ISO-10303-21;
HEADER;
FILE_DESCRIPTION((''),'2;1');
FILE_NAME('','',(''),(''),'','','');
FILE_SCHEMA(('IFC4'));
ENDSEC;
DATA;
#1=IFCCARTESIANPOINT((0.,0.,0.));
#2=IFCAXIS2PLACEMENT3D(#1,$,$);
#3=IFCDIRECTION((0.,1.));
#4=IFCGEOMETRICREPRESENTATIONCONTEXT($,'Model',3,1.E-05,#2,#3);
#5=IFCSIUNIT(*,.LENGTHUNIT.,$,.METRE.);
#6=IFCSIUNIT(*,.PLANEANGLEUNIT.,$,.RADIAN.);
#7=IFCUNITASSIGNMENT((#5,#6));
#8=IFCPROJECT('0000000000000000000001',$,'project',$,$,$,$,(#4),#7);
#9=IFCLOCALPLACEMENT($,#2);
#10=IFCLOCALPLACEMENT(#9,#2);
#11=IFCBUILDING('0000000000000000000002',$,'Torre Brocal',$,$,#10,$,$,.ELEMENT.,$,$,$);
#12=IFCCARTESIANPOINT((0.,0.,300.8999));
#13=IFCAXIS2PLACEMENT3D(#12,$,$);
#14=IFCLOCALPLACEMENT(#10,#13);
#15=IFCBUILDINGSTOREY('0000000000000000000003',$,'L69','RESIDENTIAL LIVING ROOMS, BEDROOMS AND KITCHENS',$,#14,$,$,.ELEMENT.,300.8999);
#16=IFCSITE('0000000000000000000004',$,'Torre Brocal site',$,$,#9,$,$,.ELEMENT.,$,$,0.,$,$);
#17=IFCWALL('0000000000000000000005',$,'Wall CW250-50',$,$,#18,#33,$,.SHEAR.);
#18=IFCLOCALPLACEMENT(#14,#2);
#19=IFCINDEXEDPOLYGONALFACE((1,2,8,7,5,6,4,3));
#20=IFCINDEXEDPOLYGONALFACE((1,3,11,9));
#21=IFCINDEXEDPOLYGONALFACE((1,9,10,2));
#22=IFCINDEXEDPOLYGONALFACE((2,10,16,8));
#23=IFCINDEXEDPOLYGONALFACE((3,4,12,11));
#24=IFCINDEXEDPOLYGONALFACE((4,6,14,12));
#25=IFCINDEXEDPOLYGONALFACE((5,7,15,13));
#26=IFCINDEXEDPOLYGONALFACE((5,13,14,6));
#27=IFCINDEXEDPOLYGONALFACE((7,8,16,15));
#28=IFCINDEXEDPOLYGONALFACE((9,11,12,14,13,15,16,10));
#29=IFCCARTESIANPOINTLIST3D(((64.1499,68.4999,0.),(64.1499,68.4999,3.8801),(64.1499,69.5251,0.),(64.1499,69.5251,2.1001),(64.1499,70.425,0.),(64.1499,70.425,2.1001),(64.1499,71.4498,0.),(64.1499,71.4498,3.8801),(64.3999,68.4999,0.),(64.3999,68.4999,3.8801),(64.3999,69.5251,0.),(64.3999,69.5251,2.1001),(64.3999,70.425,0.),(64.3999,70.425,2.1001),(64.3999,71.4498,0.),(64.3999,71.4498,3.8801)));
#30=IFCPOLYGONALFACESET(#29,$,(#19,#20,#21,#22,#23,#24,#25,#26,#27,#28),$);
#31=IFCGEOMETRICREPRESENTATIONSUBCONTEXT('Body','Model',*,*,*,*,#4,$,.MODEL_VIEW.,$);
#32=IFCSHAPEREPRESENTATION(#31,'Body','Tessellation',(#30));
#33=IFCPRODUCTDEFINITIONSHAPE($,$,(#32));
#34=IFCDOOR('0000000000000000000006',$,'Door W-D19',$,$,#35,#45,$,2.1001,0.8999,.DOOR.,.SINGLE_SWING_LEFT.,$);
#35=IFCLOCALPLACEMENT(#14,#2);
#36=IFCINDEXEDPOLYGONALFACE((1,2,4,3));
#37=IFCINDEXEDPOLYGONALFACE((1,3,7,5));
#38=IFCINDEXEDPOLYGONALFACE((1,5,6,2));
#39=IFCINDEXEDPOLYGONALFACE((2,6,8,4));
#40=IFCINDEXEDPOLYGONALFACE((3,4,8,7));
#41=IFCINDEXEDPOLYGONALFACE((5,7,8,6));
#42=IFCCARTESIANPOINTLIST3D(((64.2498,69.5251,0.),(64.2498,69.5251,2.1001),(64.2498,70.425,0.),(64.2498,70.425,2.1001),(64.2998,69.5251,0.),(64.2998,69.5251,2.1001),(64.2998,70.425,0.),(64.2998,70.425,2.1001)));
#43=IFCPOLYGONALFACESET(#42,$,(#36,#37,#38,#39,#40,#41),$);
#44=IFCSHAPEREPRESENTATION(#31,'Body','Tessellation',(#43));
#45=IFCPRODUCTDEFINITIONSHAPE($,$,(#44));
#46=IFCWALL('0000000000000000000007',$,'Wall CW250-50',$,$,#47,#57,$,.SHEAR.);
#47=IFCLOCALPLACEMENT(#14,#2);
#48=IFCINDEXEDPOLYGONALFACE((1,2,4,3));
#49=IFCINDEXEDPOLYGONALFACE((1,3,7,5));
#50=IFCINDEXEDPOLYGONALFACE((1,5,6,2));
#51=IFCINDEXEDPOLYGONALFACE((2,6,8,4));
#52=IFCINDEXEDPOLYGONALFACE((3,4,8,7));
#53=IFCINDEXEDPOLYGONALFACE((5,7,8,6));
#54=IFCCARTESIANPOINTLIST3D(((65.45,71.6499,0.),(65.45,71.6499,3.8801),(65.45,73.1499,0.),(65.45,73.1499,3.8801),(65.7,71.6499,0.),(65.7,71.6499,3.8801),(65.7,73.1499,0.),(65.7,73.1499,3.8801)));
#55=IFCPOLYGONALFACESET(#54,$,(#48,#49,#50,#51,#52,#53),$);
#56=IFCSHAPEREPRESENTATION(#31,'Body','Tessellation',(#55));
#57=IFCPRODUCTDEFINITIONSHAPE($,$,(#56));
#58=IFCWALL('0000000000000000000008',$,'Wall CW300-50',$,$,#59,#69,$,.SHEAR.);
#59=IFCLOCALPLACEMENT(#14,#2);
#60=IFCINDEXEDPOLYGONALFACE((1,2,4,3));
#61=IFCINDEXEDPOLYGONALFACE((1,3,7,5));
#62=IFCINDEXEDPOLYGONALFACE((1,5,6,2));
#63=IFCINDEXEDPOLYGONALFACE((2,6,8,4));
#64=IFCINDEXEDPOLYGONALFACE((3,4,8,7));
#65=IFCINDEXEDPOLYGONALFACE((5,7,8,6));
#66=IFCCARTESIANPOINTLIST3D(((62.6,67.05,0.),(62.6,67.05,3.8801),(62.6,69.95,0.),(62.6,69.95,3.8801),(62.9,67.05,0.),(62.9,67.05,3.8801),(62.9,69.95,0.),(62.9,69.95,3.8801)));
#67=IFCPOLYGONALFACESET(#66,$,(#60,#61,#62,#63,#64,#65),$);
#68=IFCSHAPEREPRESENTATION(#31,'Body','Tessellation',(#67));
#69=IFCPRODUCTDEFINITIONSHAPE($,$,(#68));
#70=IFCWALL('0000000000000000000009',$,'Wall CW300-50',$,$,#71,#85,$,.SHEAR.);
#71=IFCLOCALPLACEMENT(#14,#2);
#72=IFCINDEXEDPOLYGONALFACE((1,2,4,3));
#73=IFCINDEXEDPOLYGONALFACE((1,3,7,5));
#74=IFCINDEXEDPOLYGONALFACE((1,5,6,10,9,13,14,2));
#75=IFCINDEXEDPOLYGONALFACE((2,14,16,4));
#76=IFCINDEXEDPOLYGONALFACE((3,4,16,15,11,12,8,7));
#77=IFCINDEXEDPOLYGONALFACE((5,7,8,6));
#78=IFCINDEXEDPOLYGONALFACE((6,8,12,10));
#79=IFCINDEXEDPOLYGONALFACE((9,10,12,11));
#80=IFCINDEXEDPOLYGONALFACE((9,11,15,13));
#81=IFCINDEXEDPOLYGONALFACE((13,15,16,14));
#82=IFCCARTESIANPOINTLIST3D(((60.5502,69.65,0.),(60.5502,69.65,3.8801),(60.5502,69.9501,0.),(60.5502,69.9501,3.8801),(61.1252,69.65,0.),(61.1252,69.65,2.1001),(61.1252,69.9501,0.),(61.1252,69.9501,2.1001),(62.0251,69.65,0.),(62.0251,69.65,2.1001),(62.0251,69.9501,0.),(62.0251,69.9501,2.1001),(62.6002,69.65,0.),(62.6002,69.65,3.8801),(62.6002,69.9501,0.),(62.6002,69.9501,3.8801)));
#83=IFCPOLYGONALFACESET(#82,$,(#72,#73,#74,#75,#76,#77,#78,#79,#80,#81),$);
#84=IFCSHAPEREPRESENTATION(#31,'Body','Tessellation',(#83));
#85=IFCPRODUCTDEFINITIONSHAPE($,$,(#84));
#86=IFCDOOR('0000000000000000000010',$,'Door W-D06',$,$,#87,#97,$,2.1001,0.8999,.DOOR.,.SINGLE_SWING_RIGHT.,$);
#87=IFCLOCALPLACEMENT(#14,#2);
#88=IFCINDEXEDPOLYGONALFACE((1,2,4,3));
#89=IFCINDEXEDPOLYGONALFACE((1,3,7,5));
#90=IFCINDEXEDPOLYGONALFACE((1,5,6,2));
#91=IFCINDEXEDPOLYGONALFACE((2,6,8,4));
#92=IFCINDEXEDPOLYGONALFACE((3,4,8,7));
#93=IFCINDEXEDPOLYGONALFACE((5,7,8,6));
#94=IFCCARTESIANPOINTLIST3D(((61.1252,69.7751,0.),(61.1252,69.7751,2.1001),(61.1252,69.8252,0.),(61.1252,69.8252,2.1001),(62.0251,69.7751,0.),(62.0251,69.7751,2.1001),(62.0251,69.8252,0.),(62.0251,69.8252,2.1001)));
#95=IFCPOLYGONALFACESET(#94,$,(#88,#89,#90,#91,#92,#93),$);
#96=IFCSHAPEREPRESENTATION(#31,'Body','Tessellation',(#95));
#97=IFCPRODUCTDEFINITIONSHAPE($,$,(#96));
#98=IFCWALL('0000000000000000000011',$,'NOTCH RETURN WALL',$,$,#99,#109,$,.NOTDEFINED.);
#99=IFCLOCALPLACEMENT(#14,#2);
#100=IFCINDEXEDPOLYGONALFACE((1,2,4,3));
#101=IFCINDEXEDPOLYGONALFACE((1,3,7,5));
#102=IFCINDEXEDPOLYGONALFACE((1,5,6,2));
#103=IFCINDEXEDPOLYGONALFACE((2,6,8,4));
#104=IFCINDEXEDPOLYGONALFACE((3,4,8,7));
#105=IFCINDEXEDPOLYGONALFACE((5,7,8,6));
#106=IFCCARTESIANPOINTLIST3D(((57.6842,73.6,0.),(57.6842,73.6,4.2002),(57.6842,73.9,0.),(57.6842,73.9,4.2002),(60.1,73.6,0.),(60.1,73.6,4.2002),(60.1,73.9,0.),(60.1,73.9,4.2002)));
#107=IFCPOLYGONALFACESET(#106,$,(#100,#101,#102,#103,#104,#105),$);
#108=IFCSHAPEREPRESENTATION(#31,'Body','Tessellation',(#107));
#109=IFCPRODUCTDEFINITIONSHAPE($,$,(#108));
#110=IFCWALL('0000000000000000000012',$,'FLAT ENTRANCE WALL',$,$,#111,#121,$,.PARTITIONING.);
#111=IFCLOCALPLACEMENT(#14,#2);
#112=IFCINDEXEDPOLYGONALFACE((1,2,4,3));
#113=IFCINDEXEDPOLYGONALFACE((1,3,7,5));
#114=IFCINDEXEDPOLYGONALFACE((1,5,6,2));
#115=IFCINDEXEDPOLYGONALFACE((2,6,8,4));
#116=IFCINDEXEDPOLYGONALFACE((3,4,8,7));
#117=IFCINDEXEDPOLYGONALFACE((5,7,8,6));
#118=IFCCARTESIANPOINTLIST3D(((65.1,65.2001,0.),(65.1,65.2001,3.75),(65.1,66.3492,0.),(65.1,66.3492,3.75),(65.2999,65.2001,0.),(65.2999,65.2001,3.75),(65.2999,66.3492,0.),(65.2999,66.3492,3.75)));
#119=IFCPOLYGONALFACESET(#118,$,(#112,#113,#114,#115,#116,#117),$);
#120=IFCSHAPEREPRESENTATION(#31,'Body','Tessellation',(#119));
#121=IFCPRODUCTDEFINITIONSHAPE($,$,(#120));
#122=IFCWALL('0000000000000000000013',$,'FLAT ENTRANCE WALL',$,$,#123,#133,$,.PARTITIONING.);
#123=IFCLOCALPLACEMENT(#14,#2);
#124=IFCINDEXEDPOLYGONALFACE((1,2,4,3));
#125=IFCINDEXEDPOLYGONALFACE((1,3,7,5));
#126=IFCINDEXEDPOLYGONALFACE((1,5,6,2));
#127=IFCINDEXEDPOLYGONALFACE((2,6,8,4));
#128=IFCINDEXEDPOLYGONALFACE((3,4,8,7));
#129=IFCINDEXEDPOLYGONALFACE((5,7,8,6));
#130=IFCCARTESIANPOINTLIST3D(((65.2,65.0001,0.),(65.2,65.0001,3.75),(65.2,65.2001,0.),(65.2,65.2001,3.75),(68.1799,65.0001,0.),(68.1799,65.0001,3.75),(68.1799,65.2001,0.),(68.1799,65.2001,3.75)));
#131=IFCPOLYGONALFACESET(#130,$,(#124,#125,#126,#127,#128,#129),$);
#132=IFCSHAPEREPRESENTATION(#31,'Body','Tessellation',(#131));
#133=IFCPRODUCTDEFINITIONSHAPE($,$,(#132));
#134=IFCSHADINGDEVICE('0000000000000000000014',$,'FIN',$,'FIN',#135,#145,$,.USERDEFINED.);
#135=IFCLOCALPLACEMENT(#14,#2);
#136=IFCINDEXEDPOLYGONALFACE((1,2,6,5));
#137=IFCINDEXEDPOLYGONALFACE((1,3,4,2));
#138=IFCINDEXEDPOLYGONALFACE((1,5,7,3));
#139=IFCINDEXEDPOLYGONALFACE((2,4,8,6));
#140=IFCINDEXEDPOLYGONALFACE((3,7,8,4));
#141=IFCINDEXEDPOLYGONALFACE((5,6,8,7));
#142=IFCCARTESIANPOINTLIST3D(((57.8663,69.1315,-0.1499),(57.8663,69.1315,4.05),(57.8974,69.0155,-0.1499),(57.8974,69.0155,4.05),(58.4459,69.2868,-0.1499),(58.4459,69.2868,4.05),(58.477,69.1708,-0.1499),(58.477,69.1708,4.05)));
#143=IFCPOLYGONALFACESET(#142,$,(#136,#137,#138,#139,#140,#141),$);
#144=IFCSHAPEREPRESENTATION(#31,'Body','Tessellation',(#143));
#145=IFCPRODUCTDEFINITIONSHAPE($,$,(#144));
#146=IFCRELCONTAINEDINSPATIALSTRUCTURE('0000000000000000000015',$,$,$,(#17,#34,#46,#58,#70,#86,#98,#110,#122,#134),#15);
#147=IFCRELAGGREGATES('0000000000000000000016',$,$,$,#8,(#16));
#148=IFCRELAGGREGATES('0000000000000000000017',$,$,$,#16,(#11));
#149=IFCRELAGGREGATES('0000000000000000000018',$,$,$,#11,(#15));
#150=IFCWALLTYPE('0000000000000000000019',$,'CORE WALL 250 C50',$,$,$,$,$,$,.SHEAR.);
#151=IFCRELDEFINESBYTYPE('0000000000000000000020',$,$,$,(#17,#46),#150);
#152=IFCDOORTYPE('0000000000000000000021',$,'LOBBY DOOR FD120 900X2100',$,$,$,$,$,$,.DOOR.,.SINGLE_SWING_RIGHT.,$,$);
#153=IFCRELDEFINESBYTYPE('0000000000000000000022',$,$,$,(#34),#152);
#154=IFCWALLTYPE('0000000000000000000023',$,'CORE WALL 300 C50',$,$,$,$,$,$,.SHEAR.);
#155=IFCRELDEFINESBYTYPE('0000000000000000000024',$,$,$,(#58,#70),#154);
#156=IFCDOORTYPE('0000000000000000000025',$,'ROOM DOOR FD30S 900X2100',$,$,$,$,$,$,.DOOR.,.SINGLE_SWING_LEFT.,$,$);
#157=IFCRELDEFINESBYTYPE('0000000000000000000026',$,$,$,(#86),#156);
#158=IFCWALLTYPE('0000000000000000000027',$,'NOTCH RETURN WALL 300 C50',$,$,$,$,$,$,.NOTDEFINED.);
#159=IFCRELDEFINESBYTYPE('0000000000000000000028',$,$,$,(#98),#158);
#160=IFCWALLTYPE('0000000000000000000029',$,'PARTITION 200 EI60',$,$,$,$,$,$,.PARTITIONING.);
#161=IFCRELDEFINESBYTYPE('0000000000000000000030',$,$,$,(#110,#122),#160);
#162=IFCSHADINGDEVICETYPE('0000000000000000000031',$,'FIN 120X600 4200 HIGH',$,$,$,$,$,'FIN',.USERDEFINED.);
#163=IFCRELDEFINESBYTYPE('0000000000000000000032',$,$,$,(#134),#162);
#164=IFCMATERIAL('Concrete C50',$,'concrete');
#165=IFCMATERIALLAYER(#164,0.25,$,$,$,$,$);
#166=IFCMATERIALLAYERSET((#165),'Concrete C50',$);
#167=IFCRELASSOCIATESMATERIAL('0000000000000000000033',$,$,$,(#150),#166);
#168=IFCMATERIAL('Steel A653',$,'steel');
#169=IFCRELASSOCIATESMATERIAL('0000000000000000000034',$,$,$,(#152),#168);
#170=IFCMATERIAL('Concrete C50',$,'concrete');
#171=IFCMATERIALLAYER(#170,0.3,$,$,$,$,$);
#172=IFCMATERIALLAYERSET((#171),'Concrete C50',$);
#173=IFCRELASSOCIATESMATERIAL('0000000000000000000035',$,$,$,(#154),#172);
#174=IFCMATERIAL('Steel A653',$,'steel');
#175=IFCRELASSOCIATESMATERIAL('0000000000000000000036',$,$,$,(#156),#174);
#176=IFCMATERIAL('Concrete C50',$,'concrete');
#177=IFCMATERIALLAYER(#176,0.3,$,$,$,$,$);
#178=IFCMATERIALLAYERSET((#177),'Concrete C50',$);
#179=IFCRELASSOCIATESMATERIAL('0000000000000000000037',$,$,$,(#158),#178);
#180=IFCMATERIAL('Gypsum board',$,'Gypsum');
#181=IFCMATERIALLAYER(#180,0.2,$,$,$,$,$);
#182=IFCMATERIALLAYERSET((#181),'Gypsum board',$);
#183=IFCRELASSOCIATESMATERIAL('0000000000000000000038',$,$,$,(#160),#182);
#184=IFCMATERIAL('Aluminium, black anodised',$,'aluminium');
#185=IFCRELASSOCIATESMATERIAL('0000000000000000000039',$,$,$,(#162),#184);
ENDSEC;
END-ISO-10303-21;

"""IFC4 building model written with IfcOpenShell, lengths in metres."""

from ifc_helpers import new_model, si_unit, direction, frame, frame_2d, origin, origin_2d, place, context, subcontext, project, spatial, rectangle, extrude, material, layer, layer_set, material_profile, profile_set, type_object, element, fill, save


model = new_model("IFC4")

# Units and contexts
model_context = context("Model", 3, precision=1e-05, world=origin(), true_north=direction((0.0, 1.0)))
body_context = subcontext(model_context, "Body", "Model", "MODEL_VIEW")
ifc_project = project(units=[si_unit("LENGTHUNIT", "METRE"), si_unit("PLANEANGLEUNIT", "RADIAN")], contexts=[model_context])

# Site, building, storey
site_placement = place(None, origin())
site = spatial("IfcSite", under=ifc_project, at=site_placement, Name="Torre Brocal site", CompositionType="ELEMENT", RefElevation=0.0)
building_placement = place(site_placement, origin())
building = spatial("IfcBuilding", under=site, at=building_placement, Name="Torre Brocal", CompositionType="ELEMENT")
storey_placement = place(building_placement, frame((0.0, 0.0, 300.8999)))
storey = spatial("IfcBuildingStorey", under=building, at=storey_placement, Name="L69", Description="RESIDENTIAL LIVING ROOMS, BEDROOMS AND KITCHENS", CompositionType="ELEMENT", Elevation=300.8999)

# Wall, opening, door
ifc_material_1 = material(Name="Concrete C50", Category="concrete")
ifc_layer_1 = layer(ifc_material_1, 0.25)
ifc_layer_set_1 = layer_set([ifc_layer_1], Name="Concrete C50")
wall_type_1 = type_object("IfcWallType", Name="CORE WALL 250 C50", PredefinedType="SHEAR", material=ifc_layer_set_1)
wall_1_placement = place(storey_placement, frame((64.2749, 71.45, 0.0), z_axis=(0.0, 0.0, 1.0), x_axis=(0.0, -1.0, 0.0)))
wall_1 = element("IfcWall", 1, at=wall_1_placement, inside=storey, type_object=wall_type_1, Name="Wall CW250-50", PredefinedType="SHEAR", context=body_context, shape_type="SweptSolid", body=[
    extrude(rectangle(XDim=2.95, YDim=0.25, at=frame_2d((1.4751, 0.0))), origin(), (0.0, 0.0, 1.0), 3.8801),
])
opening_1_placement = place(wall_1_placement, frame((1.0249, 0.0, 0.0)))
opening_1 = element("IfcOpeningElement", 2, at=opening_1_placement, cuts=wall_1, PredefinedType="OPENING", context=body_context, shape_type="SweptSolid", body=[
    extrude(rectangle(XDim=0.8999, YDim=2.1001, at=frame_2d((0.45, 1.05))), frame((0.0, 0.135, 0.0), z_axis=(0.0, -1.0, 0.0), x_axis=(1.0, 0.0, 0.0)), (0.0, 0.0, 1.0), 0.27),
])
ifc_material_2 = material(Name="Steel A653", Category="steel")
door_type_1 = type_object("IfcDoorType", Name="LOBBY DOOR FD120 900X2100", OperationType="SINGLE_SWING_RIGHT", PredefinedType="DOOR", material=ifc_material_2)
door_1_placement = place(opening_1_placement, origin())
door_1 = element("IfcDoor", 3, at=door_1_placement, inside=storey, type_object=door_type_1, Name="Door W-D19", OperationType="SINGLE_SWING_LEFT", OverallHeight=2.1001, OverallWidth=0.8999, PredefinedType="DOOR", context=body_context, shape_type="SweptSolid", body=[
    extrude(rectangle(XDim=0.8999, YDim=2.1001, at=frame_2d((0.45, 1.05))), frame((0.0, 0.0249, 0.0), z_axis=(0.0, -1.0, 0.0), x_axis=(1.0, 0.0, 0.0)), (0.0, 0.0, 1.0), 0.05),
])
fill(opening_1, door_1)

# Walls
wall_2_placement = place(storey_placement, frame((65.575, 73.1499, 0.0), z_axis=(0.0, 0.0, 1.0), x_axis=(0.0, -1.0, 0.0)))
element("IfcWall", 4, at=wall_2_placement, inside=storey, type_object=wall_type_1, Name="Wall CW250-50", PredefinedType="SHEAR", context=body_context, shape_type="SweptSolid", body=[
    extrude(rectangle(XDim=1.5, YDim=0.25, at=frame_2d((0.75, 0.0))), origin(), (0.0, 0.0, 1.0), 3.8801),
])
ifc_material_3 = material(Name="Concrete C50", Category="concrete")
ifc_layer_2 = layer(ifc_material_3, 0.3)
ifc_layer_set_2 = layer_set([ifc_layer_2], Name="Concrete C50")
wall_type_2 = type_object("IfcWallType", Name="CORE WALL 300 C50", PredefinedType="SHEAR", material=ifc_layer_set_2)
wall_3_placement = place(storey_placement, frame((62.75, 69.95, 0.0), z_axis=(0.0, 0.0, 1.0), x_axis=(0.0, -1.0, 0.0)))
element("IfcWall", 5, at=wall_3_placement, inside=storey, type_object=wall_type_2, Name="Wall CW300-50", PredefinedType="SHEAR", context=body_context, shape_type="SweptSolid", body=[
    extrude(rectangle(XDim=2.8999, YDim=0.3, at=frame_2d((1.45, 0.0))), origin(), (0.0, 0.0, 1.0), 3.8801),
])

# Wall, opening, door
wall_4_placement = place(storey_placement, frame((62.6001, 69.8, 0.0), z_axis=(0.0, 0.0, 1.0), x_axis=(-1.0, 0.0, 0.0)))
wall_4 = element("IfcWall", 6, at=wall_4_placement, inside=storey, type_object=wall_type_2, Name="Wall CW300-50", PredefinedType="SHEAR", context=body_context, shape_type="SweptSolid", body=[
    extrude(rectangle(XDim=2.05, YDim=0.3, at=frame_2d((1.0249, 0.0))), origin(), (0.0, 0.0, 1.0), 3.8801),
])
opening_2_placement = place(wall_4_placement, frame((0.575, 0.0, 0.0)))
opening_2 = element("IfcOpeningElement", 7, at=opening_2_placement, cuts=wall_4, PredefinedType="OPENING", context=body_context, shape_type="SweptSolid", body=[
    extrude(rectangle(XDim=0.8999, YDim=2.1001, at=frame_2d((0.45, 1.05))), frame((0.0, 0.1599, 0.0), z_axis=(0.0, -1.0, 0.0), x_axis=(1.0, 0.0, 0.0)), (0.0, 0.0, 1.0), 0.3201),
])
ifc_material_4 = material(Name="Steel A653", Category="steel")
door_type_2 = type_object("IfcDoorType", Name="ROOM DOOR FD30S 900X2100", OperationType="SINGLE_SWING_LEFT", PredefinedType="DOOR", material=ifc_material_4)
door_2_placement = place(opening_2_placement, origin())
door_2 = element("IfcDoor", 8, at=door_2_placement, inside=storey, type_object=door_type_2, Name="Door W-D06", OperationType="SINGLE_SWING_RIGHT", OverallHeight=2.1001, OverallWidth=0.8999, PredefinedType="DOOR", context=body_context, shape_type="SweptSolid", body=[
    extrude(rectangle(XDim=0.8999, YDim=2.1001, at=frame_2d((0.45, 1.05))), frame((0.0, 0.0249, 0.0), z_axis=(0.0, -1.0, 0.0), x_axis=(1.0, 0.0, 0.0)), (0.0, 0.0, 1.0), 0.05),
])
fill(opening_2, door_2)

# Walls
ifc_material_5 = material(Name="Concrete C50", Category="concrete")
ifc_layer_3 = layer(ifc_material_5, 0.3)
ifc_layer_set_3 = layer_set([ifc_layer_3], Name="Concrete C50")
wall_type_3 = type_object("IfcWallType", Name="NOTCH RETURN WALL 300 C50", PredefinedType="NOTDEFINED", material=ifc_layer_set_3)
wall_5_placement = place(storey_placement, frame((60.1001, 73.75, 0.0), z_axis=(0.0, 0.0, 1.0), x_axis=(-1.0, 0.0, 0.0)))
element("IfcWall", 9, at=wall_5_placement, inside=storey, type_object=wall_type_3, Name="NOTCH RETURN WALL", PredefinedType="NOTDEFINED", context=body_context, shape_type="SweptSolid", body=[
    extrude(rectangle(XDim=2.4158, YDim=0.3, at=frame_2d((1.208, 0.0))), origin(), (0.0, 0.0, 1.0), 4.2002),
])
ifc_material_6 = material(Name="Gypsum board", Category="Gypsum")
ifc_layer_4 = layer(ifc_material_6, 0.2)
ifc_layer_set_4 = layer_set([ifc_layer_4], Name="Gypsum board")
wall_type_4 = type_object("IfcWallType", Name="PARTITION 200 EI60", PredefinedType="PARTITIONING", material=ifc_layer_set_4)
wall_6_placement = place(storey_placement, frame((65.2, 65.2, 0.0), z_axis=(0.0, 0.0, 1.0), x_axis=(0.0, 1.0, 0.0)))
element("IfcWall", 10, at=wall_6_placement, inside=storey, type_object=wall_type_4, Name="FLAT ENTRANCE WALL", PredefinedType="PARTITIONING", context=body_context, shape_type="SweptSolid", body=[
    extrude(rectangle(XDim=1.1492, YDim=0.2, at=frame_2d((0.5747, 0.0))), origin(), (0.0, 0.0, 1.0), 3.75),
])
wall_7_placement = place(storey_placement, frame((65.2, 65.1001, 0.0), z_axis=(0.0, 0.0, 1.0), x_axis=(1.0, 0.0, 0.0)))
element("IfcWall", 11, at=wall_7_placement, inside=storey, type_object=wall_type_4, Name="FLAT ENTRANCE WALL", PredefinedType="PARTITIONING", context=body_context, shape_type="SweptSolid", body=[
    extrude(rectangle(XDim=2.98, YDim=0.2, at=frame_2d((1.49, 0.0))), origin(), (0.0, 0.0, 1.0), 3.75),
])

# Shading device
ifc_material_7 = material(Name="Aluminium, black anodised", Category="aluminium")
ifc_material_profile_1 = material_profile(ifc_material_7, rectangle(XDim=0.1201, YDim=0.6001, at=origin_2d()), Name="FIN 120X600 4200 HIGH")
ifc_profile_set_1 = profile_set([ifc_material_profile_1], Name="Aluminium, black anodised")
shading_device_type = type_object("IfcShadingDeviceType", Name="FIN 120X600 4200 HIGH", ElementType="FIN", PredefinedType="USERDEFINED", material=ifc_profile_set_1)
shading_device_placement = place(storey_placement, frame((58.1716, 69.1511, -0.1499), z_axis=(0.0, 0.0, 1.0), x_axis=(0.258819, -0.965926, 0.0)))
element("IfcShadingDevice", 12, at=shading_device_placement, inside=storey, type_object=shading_device_type, Name="FIN", ObjectType="FIN", PredefinedType="USERDEFINED", context=body_context, shape_type="SweptSolid", body=[
    extrude(rectangle(XDim=0.1201, YDim=0.6001, at=origin_2d()), origin(), (0.0, 0.0, 1.0), 4.2),
])

save(model, "model.ifc")
